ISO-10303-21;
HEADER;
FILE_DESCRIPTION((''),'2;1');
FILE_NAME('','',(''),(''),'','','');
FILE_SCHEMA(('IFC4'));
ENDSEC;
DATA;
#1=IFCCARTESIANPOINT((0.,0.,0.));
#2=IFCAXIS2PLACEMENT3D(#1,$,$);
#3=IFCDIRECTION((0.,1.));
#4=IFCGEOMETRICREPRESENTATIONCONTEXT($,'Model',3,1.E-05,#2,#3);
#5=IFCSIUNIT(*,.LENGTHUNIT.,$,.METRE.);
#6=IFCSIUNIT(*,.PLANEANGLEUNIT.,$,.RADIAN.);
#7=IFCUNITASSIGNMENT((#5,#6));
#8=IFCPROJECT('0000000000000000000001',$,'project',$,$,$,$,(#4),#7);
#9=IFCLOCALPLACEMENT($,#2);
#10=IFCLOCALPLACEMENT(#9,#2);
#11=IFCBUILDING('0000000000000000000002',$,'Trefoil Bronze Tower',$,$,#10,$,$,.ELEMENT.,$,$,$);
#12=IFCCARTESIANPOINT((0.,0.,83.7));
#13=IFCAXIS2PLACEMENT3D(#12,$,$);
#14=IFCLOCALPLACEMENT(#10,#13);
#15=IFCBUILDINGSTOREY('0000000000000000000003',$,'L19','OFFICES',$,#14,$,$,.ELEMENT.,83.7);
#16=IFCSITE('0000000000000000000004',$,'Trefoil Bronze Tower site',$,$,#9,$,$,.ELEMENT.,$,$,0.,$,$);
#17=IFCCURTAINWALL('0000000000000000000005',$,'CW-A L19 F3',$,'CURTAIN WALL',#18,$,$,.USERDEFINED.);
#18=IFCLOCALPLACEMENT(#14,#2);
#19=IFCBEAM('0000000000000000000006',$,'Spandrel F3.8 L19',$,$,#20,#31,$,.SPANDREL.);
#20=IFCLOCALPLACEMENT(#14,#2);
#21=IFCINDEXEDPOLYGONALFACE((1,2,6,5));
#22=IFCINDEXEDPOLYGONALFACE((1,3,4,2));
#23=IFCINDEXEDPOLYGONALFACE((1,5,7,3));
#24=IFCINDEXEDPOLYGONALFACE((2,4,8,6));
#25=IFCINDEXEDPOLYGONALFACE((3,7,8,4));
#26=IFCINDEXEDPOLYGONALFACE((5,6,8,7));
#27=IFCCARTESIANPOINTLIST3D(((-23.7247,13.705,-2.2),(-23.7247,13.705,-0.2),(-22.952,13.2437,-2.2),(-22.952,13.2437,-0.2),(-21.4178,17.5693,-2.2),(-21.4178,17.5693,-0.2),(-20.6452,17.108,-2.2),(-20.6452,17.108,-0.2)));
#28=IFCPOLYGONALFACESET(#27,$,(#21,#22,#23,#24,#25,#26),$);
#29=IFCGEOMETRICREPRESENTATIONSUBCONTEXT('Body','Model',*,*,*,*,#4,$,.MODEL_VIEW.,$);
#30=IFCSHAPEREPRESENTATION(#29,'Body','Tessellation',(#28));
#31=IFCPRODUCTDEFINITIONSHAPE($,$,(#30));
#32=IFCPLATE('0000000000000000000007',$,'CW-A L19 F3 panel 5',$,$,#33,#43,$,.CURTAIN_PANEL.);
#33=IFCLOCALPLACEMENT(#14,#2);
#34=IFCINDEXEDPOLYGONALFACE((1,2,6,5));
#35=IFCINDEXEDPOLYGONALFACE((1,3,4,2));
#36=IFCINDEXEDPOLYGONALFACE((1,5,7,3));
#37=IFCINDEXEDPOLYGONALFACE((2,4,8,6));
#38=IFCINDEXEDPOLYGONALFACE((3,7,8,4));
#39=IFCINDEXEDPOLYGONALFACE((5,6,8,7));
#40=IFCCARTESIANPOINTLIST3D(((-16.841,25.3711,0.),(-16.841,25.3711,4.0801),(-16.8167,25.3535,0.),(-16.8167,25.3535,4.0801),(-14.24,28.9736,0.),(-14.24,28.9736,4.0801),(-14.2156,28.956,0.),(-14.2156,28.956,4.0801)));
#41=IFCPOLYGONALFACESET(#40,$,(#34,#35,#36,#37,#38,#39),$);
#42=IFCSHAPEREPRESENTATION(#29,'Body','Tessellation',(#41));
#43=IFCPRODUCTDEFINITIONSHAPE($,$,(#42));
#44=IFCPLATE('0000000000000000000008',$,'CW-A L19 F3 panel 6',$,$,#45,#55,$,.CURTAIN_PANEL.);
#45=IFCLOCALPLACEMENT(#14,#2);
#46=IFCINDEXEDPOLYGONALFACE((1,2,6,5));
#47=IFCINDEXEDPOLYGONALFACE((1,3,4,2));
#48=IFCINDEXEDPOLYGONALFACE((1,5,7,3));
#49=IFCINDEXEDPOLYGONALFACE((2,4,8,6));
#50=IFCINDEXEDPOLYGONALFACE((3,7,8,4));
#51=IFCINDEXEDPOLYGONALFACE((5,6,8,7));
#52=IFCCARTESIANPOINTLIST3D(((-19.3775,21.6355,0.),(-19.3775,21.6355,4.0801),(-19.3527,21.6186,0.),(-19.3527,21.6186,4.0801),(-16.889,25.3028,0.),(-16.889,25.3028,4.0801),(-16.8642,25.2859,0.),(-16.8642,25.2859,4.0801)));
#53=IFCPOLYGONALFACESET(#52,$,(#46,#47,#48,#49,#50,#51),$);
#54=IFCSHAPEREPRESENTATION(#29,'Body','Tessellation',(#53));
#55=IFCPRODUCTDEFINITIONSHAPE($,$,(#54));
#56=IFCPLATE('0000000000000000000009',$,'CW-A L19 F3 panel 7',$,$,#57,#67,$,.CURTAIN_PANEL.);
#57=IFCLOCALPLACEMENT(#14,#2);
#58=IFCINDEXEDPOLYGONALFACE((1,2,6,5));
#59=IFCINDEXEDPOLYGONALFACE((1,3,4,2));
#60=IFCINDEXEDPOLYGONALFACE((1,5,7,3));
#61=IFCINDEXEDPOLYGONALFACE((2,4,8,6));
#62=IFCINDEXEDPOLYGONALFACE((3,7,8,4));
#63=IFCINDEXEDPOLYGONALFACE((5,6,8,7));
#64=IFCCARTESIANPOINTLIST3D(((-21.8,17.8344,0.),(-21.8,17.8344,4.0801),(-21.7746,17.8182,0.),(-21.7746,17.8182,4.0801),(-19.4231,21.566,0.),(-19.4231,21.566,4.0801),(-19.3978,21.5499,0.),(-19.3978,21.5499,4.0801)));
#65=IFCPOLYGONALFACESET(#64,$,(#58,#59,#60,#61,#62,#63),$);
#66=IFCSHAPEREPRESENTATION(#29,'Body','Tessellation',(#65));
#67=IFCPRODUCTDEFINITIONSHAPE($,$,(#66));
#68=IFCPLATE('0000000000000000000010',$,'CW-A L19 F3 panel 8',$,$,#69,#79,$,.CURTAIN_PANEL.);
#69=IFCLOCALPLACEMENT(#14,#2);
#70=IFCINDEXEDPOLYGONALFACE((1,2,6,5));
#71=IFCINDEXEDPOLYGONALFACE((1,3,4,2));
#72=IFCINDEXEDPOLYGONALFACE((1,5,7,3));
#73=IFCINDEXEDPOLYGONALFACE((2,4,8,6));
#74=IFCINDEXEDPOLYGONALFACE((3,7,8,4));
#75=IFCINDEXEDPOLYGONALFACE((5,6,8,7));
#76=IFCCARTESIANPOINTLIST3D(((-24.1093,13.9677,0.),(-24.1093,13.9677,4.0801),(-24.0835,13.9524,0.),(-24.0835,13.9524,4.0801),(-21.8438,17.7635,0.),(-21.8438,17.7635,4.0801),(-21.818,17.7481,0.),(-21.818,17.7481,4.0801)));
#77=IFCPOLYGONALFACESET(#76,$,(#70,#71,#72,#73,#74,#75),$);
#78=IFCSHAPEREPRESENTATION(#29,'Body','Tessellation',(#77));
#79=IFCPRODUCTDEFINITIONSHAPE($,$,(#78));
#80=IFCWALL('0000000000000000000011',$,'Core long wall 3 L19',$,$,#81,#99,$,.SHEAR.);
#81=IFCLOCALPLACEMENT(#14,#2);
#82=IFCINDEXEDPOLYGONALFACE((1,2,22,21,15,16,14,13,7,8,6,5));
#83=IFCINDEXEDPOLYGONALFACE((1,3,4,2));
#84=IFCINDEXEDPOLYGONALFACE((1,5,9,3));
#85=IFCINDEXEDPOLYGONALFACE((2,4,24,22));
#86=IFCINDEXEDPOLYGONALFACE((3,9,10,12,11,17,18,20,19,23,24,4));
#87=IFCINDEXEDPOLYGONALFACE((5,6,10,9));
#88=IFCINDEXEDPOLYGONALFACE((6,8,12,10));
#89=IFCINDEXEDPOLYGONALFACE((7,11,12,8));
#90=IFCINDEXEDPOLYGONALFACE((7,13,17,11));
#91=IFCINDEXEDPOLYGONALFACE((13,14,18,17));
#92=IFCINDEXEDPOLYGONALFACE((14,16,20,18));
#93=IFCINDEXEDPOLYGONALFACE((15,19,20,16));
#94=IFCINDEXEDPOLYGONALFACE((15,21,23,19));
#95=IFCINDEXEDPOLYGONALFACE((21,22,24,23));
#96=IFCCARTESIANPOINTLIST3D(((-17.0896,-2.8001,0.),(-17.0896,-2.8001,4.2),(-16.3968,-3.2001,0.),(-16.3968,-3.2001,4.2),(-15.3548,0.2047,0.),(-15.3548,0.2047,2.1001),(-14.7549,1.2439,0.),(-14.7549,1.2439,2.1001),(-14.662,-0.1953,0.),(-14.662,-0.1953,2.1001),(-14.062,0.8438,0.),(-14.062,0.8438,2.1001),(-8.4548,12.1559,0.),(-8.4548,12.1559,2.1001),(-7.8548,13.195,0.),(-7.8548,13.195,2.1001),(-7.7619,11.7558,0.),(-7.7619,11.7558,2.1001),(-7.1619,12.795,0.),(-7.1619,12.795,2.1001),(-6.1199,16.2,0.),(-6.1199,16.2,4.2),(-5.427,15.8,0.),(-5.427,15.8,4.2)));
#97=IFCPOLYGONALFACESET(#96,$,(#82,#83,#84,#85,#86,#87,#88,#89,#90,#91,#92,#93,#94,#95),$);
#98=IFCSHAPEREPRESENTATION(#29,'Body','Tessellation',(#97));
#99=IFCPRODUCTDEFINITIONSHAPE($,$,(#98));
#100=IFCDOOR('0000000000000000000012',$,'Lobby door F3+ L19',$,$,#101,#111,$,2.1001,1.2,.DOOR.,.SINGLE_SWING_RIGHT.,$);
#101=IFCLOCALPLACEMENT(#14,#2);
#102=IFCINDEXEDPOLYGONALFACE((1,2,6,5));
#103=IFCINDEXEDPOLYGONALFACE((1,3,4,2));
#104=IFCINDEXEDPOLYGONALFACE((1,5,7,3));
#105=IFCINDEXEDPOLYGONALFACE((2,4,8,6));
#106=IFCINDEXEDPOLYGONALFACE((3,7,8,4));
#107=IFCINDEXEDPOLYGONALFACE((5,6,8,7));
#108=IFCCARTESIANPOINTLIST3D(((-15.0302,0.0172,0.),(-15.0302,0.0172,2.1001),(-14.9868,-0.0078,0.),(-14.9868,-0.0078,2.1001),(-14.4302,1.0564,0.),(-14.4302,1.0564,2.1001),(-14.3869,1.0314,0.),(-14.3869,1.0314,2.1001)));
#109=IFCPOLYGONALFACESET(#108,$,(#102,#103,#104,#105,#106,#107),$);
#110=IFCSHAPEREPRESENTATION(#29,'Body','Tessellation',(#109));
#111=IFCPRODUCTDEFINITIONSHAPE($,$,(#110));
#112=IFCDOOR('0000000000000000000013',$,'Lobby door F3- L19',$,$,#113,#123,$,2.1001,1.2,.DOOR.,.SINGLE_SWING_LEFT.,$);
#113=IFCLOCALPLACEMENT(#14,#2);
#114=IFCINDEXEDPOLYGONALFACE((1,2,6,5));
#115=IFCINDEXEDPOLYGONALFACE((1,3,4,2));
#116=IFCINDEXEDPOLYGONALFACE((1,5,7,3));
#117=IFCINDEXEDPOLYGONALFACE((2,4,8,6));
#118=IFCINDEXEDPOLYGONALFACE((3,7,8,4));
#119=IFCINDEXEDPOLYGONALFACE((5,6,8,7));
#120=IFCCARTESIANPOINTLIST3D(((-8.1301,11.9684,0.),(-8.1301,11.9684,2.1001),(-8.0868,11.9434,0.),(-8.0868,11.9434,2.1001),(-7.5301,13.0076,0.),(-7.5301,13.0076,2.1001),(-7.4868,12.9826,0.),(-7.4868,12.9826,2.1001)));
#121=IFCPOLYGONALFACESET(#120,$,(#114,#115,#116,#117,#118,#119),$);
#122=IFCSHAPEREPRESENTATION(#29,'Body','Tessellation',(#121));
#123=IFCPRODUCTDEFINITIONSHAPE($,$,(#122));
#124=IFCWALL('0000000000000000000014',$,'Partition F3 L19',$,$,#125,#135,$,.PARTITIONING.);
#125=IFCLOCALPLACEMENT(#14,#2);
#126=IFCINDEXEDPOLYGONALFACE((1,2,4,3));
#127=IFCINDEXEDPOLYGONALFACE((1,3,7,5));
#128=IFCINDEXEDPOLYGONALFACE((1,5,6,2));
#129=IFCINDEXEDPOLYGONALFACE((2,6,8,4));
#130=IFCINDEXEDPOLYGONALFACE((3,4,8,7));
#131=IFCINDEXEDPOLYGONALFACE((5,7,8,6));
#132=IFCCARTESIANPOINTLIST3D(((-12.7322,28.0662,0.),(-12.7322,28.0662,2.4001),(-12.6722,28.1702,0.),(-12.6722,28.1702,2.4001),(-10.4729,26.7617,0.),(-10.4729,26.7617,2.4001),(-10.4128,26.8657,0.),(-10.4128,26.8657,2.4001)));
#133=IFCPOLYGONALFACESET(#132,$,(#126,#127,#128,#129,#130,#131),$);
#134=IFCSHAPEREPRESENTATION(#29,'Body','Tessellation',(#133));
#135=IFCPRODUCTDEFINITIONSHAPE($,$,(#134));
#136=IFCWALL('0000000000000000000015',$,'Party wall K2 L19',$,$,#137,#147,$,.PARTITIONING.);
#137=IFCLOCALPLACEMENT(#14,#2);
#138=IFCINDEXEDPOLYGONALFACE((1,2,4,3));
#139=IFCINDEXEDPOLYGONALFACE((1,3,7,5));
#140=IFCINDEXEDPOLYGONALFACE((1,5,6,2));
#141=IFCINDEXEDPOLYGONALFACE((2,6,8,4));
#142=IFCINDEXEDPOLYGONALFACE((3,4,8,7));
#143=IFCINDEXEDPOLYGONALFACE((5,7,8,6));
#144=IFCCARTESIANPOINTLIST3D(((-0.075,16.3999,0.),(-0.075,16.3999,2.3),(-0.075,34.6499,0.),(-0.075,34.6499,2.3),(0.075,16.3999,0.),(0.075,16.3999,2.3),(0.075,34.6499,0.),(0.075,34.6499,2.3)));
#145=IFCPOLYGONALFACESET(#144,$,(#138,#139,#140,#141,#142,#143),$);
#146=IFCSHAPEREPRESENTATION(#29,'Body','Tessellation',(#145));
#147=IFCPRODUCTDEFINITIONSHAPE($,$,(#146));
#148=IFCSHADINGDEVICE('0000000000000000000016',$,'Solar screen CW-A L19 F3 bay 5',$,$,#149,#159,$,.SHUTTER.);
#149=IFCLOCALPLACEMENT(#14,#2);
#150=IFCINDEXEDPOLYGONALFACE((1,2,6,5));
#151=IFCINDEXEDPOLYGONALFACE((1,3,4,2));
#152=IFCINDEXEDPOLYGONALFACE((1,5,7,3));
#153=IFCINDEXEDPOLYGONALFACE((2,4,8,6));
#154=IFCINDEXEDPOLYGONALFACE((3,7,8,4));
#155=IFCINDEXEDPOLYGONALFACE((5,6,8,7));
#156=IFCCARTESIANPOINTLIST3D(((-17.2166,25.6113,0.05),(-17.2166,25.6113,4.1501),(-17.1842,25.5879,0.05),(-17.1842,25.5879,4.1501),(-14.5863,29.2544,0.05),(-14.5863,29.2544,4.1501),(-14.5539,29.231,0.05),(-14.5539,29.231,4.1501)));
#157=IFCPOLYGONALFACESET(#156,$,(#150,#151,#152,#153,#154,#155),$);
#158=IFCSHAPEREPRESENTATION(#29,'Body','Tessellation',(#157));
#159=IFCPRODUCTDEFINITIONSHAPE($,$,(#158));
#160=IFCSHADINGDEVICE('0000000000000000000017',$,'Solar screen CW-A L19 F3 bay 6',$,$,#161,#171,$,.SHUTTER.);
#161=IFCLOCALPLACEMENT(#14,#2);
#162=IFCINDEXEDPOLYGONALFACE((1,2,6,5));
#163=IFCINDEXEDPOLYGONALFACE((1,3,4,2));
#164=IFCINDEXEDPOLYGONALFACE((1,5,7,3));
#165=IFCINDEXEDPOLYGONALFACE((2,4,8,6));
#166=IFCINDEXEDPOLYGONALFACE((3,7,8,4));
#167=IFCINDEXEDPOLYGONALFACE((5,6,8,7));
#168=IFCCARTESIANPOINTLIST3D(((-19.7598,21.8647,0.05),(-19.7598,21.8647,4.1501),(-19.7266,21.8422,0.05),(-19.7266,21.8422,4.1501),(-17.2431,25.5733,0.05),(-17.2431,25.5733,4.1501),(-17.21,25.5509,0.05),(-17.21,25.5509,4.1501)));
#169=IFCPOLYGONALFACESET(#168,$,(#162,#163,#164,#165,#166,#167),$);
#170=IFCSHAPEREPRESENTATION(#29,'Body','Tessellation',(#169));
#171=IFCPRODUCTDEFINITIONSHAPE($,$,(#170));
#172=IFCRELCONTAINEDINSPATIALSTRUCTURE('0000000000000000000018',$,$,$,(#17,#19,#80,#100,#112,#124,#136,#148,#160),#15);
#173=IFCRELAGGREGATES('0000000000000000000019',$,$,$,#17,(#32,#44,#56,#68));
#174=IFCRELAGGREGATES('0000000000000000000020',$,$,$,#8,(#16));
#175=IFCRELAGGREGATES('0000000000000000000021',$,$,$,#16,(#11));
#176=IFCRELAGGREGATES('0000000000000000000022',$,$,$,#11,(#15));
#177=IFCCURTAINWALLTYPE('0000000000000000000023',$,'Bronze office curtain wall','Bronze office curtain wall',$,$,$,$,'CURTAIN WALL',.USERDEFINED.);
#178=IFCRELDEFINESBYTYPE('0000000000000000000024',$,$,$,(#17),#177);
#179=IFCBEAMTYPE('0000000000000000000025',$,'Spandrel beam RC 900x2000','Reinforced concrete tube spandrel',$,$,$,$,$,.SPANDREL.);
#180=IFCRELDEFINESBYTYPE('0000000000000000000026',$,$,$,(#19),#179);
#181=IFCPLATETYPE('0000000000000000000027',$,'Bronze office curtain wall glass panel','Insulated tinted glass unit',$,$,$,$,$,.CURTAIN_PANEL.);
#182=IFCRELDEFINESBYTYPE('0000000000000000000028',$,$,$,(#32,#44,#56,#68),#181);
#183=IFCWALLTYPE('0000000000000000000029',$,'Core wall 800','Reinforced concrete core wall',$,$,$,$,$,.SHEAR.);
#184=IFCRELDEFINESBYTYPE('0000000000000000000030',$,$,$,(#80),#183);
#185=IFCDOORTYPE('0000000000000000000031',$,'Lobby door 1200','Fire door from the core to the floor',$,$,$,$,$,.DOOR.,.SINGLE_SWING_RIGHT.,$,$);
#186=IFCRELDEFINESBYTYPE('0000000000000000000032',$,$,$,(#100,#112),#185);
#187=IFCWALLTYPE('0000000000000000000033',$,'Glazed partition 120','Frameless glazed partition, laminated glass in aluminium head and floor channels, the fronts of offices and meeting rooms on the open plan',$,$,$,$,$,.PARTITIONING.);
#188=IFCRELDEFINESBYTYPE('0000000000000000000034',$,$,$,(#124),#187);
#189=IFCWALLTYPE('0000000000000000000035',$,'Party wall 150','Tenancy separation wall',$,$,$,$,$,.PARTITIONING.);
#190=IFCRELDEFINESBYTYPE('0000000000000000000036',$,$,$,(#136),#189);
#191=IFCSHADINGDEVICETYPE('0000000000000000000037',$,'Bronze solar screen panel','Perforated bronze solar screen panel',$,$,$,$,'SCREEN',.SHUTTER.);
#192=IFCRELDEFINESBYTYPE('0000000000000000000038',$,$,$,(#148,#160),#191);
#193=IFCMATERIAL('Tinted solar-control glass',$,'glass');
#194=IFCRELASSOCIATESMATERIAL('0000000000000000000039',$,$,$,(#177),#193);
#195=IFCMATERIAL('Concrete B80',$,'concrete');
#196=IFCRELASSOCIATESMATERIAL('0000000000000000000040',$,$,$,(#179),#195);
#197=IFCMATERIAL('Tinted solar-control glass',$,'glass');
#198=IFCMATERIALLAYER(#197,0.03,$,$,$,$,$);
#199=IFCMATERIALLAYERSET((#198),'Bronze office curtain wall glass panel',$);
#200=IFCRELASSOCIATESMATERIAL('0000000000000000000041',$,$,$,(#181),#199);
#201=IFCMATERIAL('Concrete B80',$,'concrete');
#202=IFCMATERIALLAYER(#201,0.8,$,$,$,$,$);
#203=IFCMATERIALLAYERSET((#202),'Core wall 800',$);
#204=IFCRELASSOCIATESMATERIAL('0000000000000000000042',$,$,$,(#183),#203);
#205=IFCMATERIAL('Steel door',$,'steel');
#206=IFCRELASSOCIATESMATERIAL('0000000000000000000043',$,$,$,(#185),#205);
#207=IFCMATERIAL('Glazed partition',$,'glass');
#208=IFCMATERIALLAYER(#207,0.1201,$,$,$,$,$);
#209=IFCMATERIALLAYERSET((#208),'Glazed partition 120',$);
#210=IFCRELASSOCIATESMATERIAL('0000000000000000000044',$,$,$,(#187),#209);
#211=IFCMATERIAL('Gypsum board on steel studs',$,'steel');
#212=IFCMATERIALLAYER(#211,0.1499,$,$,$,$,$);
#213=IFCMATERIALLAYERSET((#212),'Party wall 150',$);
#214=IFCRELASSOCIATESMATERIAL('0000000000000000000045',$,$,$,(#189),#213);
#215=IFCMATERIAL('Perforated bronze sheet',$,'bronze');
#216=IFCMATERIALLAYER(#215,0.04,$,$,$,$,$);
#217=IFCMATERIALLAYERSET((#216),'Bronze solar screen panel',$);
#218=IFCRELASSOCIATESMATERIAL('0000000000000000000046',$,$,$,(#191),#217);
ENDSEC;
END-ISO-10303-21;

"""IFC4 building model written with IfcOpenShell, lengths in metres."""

from ifc_helpers import new_model, si_unit, direction, frame, frame_2d, origin, origin_2d, place, context, subcontext, project, spatial, rectangle, extrude, material, layer, layer_set, material_profile, profile_set, type_object, element, fill, aggregate, save


model = new_model("IFC4")

# Units and contexts
model_context = context("Model", 3, precision=1e-05, world=origin(), true_north=direction((0.0, 1.0)))
body_context = subcontext(model_context, "Body", "Model", "MODEL_VIEW")
ifc_project = project(units=[si_unit("LENGTHUNIT", "METRE"), si_unit("PLANEANGLEUNIT", "RADIAN")], contexts=[model_context])

# Site, building, storey
site_placement = place(None, origin())
site = spatial("IfcSite", under=ifc_project, at=site_placement, Name="Trefoil Bronze Tower site", CompositionType="ELEMENT", RefElevation=0.0)
building_placement = place(site_placement, origin())
building = spatial("IfcBuilding", under=site, at=building_placement, Name="Trefoil Bronze Tower", CompositionType="ELEMENT")
storey_placement = place(building_placement, frame((0.0, 0.0, 83.7)))
storey = spatial("IfcBuildingStorey", under=building, at=storey_placement, Name="L19", Description="OFFICES", CompositionType="ELEMENT", Elevation=83.7)

# Curtain wall
ifc_material_1 = material(Name="Tinted solar-control glass", Category="glass")
curtain_wall_type = type_object("IfcCurtainWallType", Name="Bronze office curtain wall", Description="Bronze office curtain wall", ElementType="CURTAIN WALL", PredefinedType="USERDEFINED", material=ifc_material_1)
curtain_wall_placement = place(storey_placement, origin())
curtain_wall = element("IfcCurtainWall", 1, at=curtain_wall_placement, inside=storey, type_object=curtain_wall_type, Name="CW-A L19 F3", ObjectType="CURTAIN WALL", PredefinedType="USERDEFINED")

# Beam
ifc_material_2 = material(Name="Concrete B80", Category="concrete")
ifc_material_profile_1 = material_profile(ifc_material_2, rectangle(XDim=0.8999, YDim=2.0, at=origin_2d()), Name="RC 900x2000")
ifc_profile_set_1 = profile_set([ifc_material_profile_1], Name="Concrete B80")
beam_type_1 = type_object("IfcBeamType", Name="Spandrel beam RC 900x2000", Description="Reinforced concrete tube spandrel", PredefinedType="SPANDREL", material=ifc_profile_set_1)
beam_1_placement = place(storey_placement, frame((-21.0315, 17.3386, -1.2), z_axis=(-0.512588, -0.858635, 0.0), x_axis=(0.858635, -0.512588, 0.0)))
element("IfcBeam", 2, at=beam_1_placement, inside=storey, type_object=beam_type_1, Name="Spandrel F3.8 L19", PredefinedType="SPANDREL", context=body_context, shape_type="SweptSolid", body=[
    extrude(rectangle(XDim=0.8999, YDim=2.0, at=origin_2d()), origin(), (0.0, 0.0, 1.0), 4.5005),
])

# Plates
ifc_material_3 = material(Name="Tinted solar-control glass", Category="glass")
ifc_layer_1 = layer(ifc_material_3, 0.03)
ifc_layer_set_1 = layer_set([ifc_layer_1], Name="Bronze office curtain wall glass panel")
plate_type = type_object("IfcPlateType", Name="Bronze office curtain wall glass panel", Description="Insulated tinted glass unit", PredefinedType="CURTAIN_PANEL", material=ifc_layer_set_1)
plate_1_placement = place(storey_placement, frame((-15.5283, 27.1636, 0.0), z_axis=(0.0, 0.0, 1.0), x_axis=(-0.585373, -0.810764, 0.0)))
plate_1 = element("IfcPlate", 3, at=plate_1_placement, type_object=plate_type, Name="CW-A L19 F3 panel 5", PredefinedType="CURTAIN_PANEL", context=body_context, shape_type="SweptSolid", body=[
    extrude(rectangle(XDim=4.4434, YDim=0.03, at=origin_2d()), origin(), (0.0, 0.0, 1.0), 4.0801),
])
plate_2_placement = place(storey_placement, frame((-18.1208, 23.4607, 0.0), z_axis=(0.0, 0.0, 1.0), x_axis=(-0.56151, -0.82747, 0.0)))
plate_2 = element("IfcPlate", 4, at=plate_2_placement, type_object=plate_type, Name="CW-A L19 F3 panel 6", PredefinedType="CURTAIN_PANEL", context=body_context, shape_type="SweptSolid", body=[
    extrude(rectangle(XDim=4.4319, YDim=0.03, at=origin_2d()), origin(), (0.0, 0.0, 1.0), 4.0801),
])
plate_3_placement = place(storey_placement, frame((-20.5989, 19.6921, 0.0), z_axis=(0.0, 0.0, 1.0), x_axis=(-0.537222, -0.843441, 0.0)))
plate_3 = element("IfcPlate", 5, at=plate_3_placement, type_object=plate_type, Name="CW-A L19 F3 panel 7", PredefinedType="CURTAIN_PANEL", context=body_context, shape_type="SweptSolid", body=[
    extrude(rectangle(XDim=4.4243, YDim=0.03, at=origin_2d()), origin(), (0.0, 0.0, 1.0), 4.0801),
])
plate_4_placement = place(storey_placement, frame((-22.9636, 15.8579, 0.0), z_axis=(0.0, 0.0, 1.0), x_axis=(-0.512513, -0.85868, 0.0)))
plate_4 = element("IfcPlate", 6, at=plate_4_placement, type_object=plate_type, Name="CW-A L19 F3 panel 8", PredefinedType="CURTAIN_PANEL", context=body_context, shape_type="SweptSolid", body=[
    extrude(rectangle(XDim=4.4204, YDim=0.03, at=origin_2d()), origin(), (0.0, 0.0, 1.0), 4.0801),
])
aggregate(curtain_wall, [plate_1, plate_2, plate_3, plate_4])

# Wall, openings, doors
ifc_material_4 = material(Name="Concrete B80", Category="concrete")
ifc_layer_2 = layer(ifc_material_4, 0.8)
ifc_layer_set_2 = layer_set([ifc_layer_2], Name="Core wall 800")
wall_type_1 = type_object("IfcWallType", Name="Core wall 800", Description="Reinforced concrete core wall", PredefinedType="SHEAR", material=ifc_layer_set_2)
wall_1_placement = place(storey_placement, frame((-5.7734, 16.0, 0.0), z_axis=(0.0, 0.0, 1.0), x_axis=(-0.500002, -0.866024, 0.0)))
wall_1 = element("IfcWall", 7, at=wall_1_placement, inside=storey, type_object=wall_type_1, Name="Core long wall 3 L19", PredefinedType="SHEAR", context=body_context, shape_type="SweptSolid", body=[
    extrude(rectangle(XDim=21.9395, YDim=0.8, at=frame_2d((10.9697, 0.0))), origin(), (0.0, 0.0, 1.0), 4.2),
])
opening_1_placement = place(wall_1_placement, frame((17.2698, 0.0, 0.0)))
opening_1 = element("IfcOpeningElement", 8, at=opening_1_placement, cuts=wall_1, PredefinedType="OPENING", context=body_context, shape_type="SweptSolid", body=[
    extrude(rectangle(XDim=1.2, YDim=2.1001, at=frame_2d((0.6001, 1.05))), frame((0.0, 0.4099, 0.0), z_axis=(0.0, -1.0, 0.0), x_axis=(1.0, 0.0, 0.0)), (0.0, 0.0, 1.0), 0.8201),
])
opening_2_placement = place(wall_1_placement, frame((3.4697, 0.0, 0.0)))
opening_2 = element("IfcOpeningElement", 9, at=opening_2_placement, cuts=wall_1, PredefinedType="OPENING", context=body_context, shape_type="SweptSolid", body=[
    extrude(rectangle(XDim=1.2, YDim=2.1001, at=frame_2d((0.6001, 1.05))), frame((0.0, 0.4099, 0.0), z_axis=(0.0, -1.0, 0.0), x_axis=(1.0, 0.0, 0.0)), (0.0, 0.0, 1.0), 0.8201),
])
ifc_material_5 = material(Name="Steel door", Category="steel")
door_type = type_object("IfcDoorType", Name="Lobby door 1200", Description="Fire door from the core to the floor", OperationType="SINGLE_SWING_RIGHT", PredefinedType="DOOR", material=ifc_material_5)
door_1_placement = place(opening_1_placement, origin())
door_1 = element("IfcDoor", 10, at=door_1_placement, inside=storey, type_object=door_type, Name="Lobby door F3+ L19", OperationType="SINGLE_SWING_RIGHT", OverallHeight=2.1001, OverallWidth=1.2, PredefinedType="DOOR", context=body_context, shape_type="SweptSolid", body=[
    extrude(rectangle(XDim=1.2, YDim=2.1001, at=frame_2d((0.6001, 1.05))), frame((0.0, 0.0249, 0.0), z_axis=(0.0, -1.0, 0.0), x_axis=(1.0, 0.0, 0.0)), (0.0, 0.0, 1.0), 0.05),
])
fill(opening_1, door_1)
door_2_placement = place(opening_2_placement, origin())
door_2 = element("IfcDoor", 11, at=door_2_placement, inside=storey, type_object=door_type, Name="Lobby door F3- L19", OperationType="SINGLE_SWING_LEFT", OverallHeight=2.1001, OverallWidth=1.2, PredefinedType="DOOR", context=body_context, shape_type="SweptSolid", body=[
    extrude(rectangle(XDim=1.2, YDim=2.1001, at=frame_2d((0.6001, 1.05))), frame((0.0, 0.0249, 0.0), z_axis=(0.0, -1.0, 0.0), x_axis=(1.0, 0.0, 0.0)), (0.0, 0.0, 1.0), 0.05),
])
fill(opening_2, door_2)

# Walls
ifc_material_6 = material(Name="Glazed partition", Category="glass")
ifc_layer_3 = layer(ifc_material_6, 0.1201)
ifc_layer_set_3 = layer_set([ifc_layer_3], Name="Glazed partition 120")
wall_type_2 = type_object("IfcWallType", Name="Glazed partition 120", Description="Frameless glazed partition, laminated glass in aluminium head and floor channels, the fronts of offices and meeting rooms on the open plan", PredefinedType="PARTITIONING", material=ifc_layer_set_3)
wall_2_placement = place(storey_placement, frame((-10.4429, 26.8137, 0.0), z_axis=(0.0, 0.0, 1.0), x_axis=(-0.866017, 0.500014, 0.0)))
element("IfcWall", 12, at=wall_2_placement, inside=storey, type_object=wall_type_2, Name="Partition F3 L19", PredefinedType="PARTITIONING", context=body_context, shape_type="SweptSolid", body=[
    extrude(rectangle(XDim=2.6089, YDim=0.1201, at=frame_2d((1.3044, 0.0))), origin(), (0.0, 0.0, 1.0), 2.4001),
])
ifc_material_7 = material(Name="Gypsum board on steel studs", Category="steel")
ifc_layer_4 = layer(ifc_material_7, 0.1499)
ifc_layer_set_4 = layer_set([ifc_layer_4], Name="Party wall 150")
wall_type_3 = type_object("IfcWallType", Name="Party wall 150", Description="Tenancy separation wall", PredefinedType="PARTITIONING", material=ifc_layer_set_4)
wall_3_placement = place(storey_placement, frame((0.0, 16.3999, 0.0), z_axis=(0.0, 0.0, 1.0), x_axis=(0.0, 1.0, 0.0)))
element("IfcWall", 13, at=wall_3_placement, inside=storey, type_object=wall_type_3, Name="Party wall K2 L19", PredefinedType="PARTITIONING", context=body_context, shape_type="SweptSolid", body=[
    extrude(rectangle(XDim=18.25, YDim=0.1499, at=frame_2d((9.125, 0.0))), origin(), (0.0, 0.0, 1.0), 2.3),
])

# Shading devices
ifc_material_8 = material(Name="Perforated bronze sheet", Category="bronze")
ifc_layer_5 = layer(ifc_material_8, 0.04)
ifc_layer_set_5 = layer_set([ifc_layer_5], Name="Bronze solar screen panel")
shading_device_type = type_object("IfcShadingDeviceType", Name="Bronze solar screen panel", Description="Perforated bronze solar screen panel", ElementType="SCREEN", PredefinedType="SHUTTER", material=ifc_layer_set_5)
shading_device_1_placement = place(storey_placement, frame((-15.8853, 27.4211, 0.05), z_axis=(0.0, 0.0, 1.0), x_axis=(-0.585373, -0.810764, 0.0)))
element("IfcShadingDevice", 14, at=shading_device_1_placement, inside=storey, type_object=shading_device_type, Name="Solar screen CW-A L19 F3 bay 5", PredefinedType="SHUTTER", context=body_context, shape_type="SweptSolid", body=[
    extrude(rectangle(XDim=4.4934, YDim=0.04, at=origin_2d()), origin(), (0.0, 0.0, 1.0), 4.1001),
])
shading_device_2_placement = place(storey_placement, frame((-18.4849, 23.7078, 0.05), z_axis=(0.0, 0.0, 1.0), x_axis=(-0.56151, -0.82747, 0.0)))
element("IfcShadingDevice", 15, at=shading_device_2_placement, inside=storey, type_object=shading_device_type, Name="Solar screen CW-A L19 F3 bay 6", PredefinedType="SHUTTER", context=body_context, shape_type="SweptSolid", body=[
    extrude(rectangle(XDim=4.4819, YDim=0.04, at=origin_2d()), origin(), (0.0, 0.0, 1.0), 4.1001),
])

save(model, "model.ifc")
